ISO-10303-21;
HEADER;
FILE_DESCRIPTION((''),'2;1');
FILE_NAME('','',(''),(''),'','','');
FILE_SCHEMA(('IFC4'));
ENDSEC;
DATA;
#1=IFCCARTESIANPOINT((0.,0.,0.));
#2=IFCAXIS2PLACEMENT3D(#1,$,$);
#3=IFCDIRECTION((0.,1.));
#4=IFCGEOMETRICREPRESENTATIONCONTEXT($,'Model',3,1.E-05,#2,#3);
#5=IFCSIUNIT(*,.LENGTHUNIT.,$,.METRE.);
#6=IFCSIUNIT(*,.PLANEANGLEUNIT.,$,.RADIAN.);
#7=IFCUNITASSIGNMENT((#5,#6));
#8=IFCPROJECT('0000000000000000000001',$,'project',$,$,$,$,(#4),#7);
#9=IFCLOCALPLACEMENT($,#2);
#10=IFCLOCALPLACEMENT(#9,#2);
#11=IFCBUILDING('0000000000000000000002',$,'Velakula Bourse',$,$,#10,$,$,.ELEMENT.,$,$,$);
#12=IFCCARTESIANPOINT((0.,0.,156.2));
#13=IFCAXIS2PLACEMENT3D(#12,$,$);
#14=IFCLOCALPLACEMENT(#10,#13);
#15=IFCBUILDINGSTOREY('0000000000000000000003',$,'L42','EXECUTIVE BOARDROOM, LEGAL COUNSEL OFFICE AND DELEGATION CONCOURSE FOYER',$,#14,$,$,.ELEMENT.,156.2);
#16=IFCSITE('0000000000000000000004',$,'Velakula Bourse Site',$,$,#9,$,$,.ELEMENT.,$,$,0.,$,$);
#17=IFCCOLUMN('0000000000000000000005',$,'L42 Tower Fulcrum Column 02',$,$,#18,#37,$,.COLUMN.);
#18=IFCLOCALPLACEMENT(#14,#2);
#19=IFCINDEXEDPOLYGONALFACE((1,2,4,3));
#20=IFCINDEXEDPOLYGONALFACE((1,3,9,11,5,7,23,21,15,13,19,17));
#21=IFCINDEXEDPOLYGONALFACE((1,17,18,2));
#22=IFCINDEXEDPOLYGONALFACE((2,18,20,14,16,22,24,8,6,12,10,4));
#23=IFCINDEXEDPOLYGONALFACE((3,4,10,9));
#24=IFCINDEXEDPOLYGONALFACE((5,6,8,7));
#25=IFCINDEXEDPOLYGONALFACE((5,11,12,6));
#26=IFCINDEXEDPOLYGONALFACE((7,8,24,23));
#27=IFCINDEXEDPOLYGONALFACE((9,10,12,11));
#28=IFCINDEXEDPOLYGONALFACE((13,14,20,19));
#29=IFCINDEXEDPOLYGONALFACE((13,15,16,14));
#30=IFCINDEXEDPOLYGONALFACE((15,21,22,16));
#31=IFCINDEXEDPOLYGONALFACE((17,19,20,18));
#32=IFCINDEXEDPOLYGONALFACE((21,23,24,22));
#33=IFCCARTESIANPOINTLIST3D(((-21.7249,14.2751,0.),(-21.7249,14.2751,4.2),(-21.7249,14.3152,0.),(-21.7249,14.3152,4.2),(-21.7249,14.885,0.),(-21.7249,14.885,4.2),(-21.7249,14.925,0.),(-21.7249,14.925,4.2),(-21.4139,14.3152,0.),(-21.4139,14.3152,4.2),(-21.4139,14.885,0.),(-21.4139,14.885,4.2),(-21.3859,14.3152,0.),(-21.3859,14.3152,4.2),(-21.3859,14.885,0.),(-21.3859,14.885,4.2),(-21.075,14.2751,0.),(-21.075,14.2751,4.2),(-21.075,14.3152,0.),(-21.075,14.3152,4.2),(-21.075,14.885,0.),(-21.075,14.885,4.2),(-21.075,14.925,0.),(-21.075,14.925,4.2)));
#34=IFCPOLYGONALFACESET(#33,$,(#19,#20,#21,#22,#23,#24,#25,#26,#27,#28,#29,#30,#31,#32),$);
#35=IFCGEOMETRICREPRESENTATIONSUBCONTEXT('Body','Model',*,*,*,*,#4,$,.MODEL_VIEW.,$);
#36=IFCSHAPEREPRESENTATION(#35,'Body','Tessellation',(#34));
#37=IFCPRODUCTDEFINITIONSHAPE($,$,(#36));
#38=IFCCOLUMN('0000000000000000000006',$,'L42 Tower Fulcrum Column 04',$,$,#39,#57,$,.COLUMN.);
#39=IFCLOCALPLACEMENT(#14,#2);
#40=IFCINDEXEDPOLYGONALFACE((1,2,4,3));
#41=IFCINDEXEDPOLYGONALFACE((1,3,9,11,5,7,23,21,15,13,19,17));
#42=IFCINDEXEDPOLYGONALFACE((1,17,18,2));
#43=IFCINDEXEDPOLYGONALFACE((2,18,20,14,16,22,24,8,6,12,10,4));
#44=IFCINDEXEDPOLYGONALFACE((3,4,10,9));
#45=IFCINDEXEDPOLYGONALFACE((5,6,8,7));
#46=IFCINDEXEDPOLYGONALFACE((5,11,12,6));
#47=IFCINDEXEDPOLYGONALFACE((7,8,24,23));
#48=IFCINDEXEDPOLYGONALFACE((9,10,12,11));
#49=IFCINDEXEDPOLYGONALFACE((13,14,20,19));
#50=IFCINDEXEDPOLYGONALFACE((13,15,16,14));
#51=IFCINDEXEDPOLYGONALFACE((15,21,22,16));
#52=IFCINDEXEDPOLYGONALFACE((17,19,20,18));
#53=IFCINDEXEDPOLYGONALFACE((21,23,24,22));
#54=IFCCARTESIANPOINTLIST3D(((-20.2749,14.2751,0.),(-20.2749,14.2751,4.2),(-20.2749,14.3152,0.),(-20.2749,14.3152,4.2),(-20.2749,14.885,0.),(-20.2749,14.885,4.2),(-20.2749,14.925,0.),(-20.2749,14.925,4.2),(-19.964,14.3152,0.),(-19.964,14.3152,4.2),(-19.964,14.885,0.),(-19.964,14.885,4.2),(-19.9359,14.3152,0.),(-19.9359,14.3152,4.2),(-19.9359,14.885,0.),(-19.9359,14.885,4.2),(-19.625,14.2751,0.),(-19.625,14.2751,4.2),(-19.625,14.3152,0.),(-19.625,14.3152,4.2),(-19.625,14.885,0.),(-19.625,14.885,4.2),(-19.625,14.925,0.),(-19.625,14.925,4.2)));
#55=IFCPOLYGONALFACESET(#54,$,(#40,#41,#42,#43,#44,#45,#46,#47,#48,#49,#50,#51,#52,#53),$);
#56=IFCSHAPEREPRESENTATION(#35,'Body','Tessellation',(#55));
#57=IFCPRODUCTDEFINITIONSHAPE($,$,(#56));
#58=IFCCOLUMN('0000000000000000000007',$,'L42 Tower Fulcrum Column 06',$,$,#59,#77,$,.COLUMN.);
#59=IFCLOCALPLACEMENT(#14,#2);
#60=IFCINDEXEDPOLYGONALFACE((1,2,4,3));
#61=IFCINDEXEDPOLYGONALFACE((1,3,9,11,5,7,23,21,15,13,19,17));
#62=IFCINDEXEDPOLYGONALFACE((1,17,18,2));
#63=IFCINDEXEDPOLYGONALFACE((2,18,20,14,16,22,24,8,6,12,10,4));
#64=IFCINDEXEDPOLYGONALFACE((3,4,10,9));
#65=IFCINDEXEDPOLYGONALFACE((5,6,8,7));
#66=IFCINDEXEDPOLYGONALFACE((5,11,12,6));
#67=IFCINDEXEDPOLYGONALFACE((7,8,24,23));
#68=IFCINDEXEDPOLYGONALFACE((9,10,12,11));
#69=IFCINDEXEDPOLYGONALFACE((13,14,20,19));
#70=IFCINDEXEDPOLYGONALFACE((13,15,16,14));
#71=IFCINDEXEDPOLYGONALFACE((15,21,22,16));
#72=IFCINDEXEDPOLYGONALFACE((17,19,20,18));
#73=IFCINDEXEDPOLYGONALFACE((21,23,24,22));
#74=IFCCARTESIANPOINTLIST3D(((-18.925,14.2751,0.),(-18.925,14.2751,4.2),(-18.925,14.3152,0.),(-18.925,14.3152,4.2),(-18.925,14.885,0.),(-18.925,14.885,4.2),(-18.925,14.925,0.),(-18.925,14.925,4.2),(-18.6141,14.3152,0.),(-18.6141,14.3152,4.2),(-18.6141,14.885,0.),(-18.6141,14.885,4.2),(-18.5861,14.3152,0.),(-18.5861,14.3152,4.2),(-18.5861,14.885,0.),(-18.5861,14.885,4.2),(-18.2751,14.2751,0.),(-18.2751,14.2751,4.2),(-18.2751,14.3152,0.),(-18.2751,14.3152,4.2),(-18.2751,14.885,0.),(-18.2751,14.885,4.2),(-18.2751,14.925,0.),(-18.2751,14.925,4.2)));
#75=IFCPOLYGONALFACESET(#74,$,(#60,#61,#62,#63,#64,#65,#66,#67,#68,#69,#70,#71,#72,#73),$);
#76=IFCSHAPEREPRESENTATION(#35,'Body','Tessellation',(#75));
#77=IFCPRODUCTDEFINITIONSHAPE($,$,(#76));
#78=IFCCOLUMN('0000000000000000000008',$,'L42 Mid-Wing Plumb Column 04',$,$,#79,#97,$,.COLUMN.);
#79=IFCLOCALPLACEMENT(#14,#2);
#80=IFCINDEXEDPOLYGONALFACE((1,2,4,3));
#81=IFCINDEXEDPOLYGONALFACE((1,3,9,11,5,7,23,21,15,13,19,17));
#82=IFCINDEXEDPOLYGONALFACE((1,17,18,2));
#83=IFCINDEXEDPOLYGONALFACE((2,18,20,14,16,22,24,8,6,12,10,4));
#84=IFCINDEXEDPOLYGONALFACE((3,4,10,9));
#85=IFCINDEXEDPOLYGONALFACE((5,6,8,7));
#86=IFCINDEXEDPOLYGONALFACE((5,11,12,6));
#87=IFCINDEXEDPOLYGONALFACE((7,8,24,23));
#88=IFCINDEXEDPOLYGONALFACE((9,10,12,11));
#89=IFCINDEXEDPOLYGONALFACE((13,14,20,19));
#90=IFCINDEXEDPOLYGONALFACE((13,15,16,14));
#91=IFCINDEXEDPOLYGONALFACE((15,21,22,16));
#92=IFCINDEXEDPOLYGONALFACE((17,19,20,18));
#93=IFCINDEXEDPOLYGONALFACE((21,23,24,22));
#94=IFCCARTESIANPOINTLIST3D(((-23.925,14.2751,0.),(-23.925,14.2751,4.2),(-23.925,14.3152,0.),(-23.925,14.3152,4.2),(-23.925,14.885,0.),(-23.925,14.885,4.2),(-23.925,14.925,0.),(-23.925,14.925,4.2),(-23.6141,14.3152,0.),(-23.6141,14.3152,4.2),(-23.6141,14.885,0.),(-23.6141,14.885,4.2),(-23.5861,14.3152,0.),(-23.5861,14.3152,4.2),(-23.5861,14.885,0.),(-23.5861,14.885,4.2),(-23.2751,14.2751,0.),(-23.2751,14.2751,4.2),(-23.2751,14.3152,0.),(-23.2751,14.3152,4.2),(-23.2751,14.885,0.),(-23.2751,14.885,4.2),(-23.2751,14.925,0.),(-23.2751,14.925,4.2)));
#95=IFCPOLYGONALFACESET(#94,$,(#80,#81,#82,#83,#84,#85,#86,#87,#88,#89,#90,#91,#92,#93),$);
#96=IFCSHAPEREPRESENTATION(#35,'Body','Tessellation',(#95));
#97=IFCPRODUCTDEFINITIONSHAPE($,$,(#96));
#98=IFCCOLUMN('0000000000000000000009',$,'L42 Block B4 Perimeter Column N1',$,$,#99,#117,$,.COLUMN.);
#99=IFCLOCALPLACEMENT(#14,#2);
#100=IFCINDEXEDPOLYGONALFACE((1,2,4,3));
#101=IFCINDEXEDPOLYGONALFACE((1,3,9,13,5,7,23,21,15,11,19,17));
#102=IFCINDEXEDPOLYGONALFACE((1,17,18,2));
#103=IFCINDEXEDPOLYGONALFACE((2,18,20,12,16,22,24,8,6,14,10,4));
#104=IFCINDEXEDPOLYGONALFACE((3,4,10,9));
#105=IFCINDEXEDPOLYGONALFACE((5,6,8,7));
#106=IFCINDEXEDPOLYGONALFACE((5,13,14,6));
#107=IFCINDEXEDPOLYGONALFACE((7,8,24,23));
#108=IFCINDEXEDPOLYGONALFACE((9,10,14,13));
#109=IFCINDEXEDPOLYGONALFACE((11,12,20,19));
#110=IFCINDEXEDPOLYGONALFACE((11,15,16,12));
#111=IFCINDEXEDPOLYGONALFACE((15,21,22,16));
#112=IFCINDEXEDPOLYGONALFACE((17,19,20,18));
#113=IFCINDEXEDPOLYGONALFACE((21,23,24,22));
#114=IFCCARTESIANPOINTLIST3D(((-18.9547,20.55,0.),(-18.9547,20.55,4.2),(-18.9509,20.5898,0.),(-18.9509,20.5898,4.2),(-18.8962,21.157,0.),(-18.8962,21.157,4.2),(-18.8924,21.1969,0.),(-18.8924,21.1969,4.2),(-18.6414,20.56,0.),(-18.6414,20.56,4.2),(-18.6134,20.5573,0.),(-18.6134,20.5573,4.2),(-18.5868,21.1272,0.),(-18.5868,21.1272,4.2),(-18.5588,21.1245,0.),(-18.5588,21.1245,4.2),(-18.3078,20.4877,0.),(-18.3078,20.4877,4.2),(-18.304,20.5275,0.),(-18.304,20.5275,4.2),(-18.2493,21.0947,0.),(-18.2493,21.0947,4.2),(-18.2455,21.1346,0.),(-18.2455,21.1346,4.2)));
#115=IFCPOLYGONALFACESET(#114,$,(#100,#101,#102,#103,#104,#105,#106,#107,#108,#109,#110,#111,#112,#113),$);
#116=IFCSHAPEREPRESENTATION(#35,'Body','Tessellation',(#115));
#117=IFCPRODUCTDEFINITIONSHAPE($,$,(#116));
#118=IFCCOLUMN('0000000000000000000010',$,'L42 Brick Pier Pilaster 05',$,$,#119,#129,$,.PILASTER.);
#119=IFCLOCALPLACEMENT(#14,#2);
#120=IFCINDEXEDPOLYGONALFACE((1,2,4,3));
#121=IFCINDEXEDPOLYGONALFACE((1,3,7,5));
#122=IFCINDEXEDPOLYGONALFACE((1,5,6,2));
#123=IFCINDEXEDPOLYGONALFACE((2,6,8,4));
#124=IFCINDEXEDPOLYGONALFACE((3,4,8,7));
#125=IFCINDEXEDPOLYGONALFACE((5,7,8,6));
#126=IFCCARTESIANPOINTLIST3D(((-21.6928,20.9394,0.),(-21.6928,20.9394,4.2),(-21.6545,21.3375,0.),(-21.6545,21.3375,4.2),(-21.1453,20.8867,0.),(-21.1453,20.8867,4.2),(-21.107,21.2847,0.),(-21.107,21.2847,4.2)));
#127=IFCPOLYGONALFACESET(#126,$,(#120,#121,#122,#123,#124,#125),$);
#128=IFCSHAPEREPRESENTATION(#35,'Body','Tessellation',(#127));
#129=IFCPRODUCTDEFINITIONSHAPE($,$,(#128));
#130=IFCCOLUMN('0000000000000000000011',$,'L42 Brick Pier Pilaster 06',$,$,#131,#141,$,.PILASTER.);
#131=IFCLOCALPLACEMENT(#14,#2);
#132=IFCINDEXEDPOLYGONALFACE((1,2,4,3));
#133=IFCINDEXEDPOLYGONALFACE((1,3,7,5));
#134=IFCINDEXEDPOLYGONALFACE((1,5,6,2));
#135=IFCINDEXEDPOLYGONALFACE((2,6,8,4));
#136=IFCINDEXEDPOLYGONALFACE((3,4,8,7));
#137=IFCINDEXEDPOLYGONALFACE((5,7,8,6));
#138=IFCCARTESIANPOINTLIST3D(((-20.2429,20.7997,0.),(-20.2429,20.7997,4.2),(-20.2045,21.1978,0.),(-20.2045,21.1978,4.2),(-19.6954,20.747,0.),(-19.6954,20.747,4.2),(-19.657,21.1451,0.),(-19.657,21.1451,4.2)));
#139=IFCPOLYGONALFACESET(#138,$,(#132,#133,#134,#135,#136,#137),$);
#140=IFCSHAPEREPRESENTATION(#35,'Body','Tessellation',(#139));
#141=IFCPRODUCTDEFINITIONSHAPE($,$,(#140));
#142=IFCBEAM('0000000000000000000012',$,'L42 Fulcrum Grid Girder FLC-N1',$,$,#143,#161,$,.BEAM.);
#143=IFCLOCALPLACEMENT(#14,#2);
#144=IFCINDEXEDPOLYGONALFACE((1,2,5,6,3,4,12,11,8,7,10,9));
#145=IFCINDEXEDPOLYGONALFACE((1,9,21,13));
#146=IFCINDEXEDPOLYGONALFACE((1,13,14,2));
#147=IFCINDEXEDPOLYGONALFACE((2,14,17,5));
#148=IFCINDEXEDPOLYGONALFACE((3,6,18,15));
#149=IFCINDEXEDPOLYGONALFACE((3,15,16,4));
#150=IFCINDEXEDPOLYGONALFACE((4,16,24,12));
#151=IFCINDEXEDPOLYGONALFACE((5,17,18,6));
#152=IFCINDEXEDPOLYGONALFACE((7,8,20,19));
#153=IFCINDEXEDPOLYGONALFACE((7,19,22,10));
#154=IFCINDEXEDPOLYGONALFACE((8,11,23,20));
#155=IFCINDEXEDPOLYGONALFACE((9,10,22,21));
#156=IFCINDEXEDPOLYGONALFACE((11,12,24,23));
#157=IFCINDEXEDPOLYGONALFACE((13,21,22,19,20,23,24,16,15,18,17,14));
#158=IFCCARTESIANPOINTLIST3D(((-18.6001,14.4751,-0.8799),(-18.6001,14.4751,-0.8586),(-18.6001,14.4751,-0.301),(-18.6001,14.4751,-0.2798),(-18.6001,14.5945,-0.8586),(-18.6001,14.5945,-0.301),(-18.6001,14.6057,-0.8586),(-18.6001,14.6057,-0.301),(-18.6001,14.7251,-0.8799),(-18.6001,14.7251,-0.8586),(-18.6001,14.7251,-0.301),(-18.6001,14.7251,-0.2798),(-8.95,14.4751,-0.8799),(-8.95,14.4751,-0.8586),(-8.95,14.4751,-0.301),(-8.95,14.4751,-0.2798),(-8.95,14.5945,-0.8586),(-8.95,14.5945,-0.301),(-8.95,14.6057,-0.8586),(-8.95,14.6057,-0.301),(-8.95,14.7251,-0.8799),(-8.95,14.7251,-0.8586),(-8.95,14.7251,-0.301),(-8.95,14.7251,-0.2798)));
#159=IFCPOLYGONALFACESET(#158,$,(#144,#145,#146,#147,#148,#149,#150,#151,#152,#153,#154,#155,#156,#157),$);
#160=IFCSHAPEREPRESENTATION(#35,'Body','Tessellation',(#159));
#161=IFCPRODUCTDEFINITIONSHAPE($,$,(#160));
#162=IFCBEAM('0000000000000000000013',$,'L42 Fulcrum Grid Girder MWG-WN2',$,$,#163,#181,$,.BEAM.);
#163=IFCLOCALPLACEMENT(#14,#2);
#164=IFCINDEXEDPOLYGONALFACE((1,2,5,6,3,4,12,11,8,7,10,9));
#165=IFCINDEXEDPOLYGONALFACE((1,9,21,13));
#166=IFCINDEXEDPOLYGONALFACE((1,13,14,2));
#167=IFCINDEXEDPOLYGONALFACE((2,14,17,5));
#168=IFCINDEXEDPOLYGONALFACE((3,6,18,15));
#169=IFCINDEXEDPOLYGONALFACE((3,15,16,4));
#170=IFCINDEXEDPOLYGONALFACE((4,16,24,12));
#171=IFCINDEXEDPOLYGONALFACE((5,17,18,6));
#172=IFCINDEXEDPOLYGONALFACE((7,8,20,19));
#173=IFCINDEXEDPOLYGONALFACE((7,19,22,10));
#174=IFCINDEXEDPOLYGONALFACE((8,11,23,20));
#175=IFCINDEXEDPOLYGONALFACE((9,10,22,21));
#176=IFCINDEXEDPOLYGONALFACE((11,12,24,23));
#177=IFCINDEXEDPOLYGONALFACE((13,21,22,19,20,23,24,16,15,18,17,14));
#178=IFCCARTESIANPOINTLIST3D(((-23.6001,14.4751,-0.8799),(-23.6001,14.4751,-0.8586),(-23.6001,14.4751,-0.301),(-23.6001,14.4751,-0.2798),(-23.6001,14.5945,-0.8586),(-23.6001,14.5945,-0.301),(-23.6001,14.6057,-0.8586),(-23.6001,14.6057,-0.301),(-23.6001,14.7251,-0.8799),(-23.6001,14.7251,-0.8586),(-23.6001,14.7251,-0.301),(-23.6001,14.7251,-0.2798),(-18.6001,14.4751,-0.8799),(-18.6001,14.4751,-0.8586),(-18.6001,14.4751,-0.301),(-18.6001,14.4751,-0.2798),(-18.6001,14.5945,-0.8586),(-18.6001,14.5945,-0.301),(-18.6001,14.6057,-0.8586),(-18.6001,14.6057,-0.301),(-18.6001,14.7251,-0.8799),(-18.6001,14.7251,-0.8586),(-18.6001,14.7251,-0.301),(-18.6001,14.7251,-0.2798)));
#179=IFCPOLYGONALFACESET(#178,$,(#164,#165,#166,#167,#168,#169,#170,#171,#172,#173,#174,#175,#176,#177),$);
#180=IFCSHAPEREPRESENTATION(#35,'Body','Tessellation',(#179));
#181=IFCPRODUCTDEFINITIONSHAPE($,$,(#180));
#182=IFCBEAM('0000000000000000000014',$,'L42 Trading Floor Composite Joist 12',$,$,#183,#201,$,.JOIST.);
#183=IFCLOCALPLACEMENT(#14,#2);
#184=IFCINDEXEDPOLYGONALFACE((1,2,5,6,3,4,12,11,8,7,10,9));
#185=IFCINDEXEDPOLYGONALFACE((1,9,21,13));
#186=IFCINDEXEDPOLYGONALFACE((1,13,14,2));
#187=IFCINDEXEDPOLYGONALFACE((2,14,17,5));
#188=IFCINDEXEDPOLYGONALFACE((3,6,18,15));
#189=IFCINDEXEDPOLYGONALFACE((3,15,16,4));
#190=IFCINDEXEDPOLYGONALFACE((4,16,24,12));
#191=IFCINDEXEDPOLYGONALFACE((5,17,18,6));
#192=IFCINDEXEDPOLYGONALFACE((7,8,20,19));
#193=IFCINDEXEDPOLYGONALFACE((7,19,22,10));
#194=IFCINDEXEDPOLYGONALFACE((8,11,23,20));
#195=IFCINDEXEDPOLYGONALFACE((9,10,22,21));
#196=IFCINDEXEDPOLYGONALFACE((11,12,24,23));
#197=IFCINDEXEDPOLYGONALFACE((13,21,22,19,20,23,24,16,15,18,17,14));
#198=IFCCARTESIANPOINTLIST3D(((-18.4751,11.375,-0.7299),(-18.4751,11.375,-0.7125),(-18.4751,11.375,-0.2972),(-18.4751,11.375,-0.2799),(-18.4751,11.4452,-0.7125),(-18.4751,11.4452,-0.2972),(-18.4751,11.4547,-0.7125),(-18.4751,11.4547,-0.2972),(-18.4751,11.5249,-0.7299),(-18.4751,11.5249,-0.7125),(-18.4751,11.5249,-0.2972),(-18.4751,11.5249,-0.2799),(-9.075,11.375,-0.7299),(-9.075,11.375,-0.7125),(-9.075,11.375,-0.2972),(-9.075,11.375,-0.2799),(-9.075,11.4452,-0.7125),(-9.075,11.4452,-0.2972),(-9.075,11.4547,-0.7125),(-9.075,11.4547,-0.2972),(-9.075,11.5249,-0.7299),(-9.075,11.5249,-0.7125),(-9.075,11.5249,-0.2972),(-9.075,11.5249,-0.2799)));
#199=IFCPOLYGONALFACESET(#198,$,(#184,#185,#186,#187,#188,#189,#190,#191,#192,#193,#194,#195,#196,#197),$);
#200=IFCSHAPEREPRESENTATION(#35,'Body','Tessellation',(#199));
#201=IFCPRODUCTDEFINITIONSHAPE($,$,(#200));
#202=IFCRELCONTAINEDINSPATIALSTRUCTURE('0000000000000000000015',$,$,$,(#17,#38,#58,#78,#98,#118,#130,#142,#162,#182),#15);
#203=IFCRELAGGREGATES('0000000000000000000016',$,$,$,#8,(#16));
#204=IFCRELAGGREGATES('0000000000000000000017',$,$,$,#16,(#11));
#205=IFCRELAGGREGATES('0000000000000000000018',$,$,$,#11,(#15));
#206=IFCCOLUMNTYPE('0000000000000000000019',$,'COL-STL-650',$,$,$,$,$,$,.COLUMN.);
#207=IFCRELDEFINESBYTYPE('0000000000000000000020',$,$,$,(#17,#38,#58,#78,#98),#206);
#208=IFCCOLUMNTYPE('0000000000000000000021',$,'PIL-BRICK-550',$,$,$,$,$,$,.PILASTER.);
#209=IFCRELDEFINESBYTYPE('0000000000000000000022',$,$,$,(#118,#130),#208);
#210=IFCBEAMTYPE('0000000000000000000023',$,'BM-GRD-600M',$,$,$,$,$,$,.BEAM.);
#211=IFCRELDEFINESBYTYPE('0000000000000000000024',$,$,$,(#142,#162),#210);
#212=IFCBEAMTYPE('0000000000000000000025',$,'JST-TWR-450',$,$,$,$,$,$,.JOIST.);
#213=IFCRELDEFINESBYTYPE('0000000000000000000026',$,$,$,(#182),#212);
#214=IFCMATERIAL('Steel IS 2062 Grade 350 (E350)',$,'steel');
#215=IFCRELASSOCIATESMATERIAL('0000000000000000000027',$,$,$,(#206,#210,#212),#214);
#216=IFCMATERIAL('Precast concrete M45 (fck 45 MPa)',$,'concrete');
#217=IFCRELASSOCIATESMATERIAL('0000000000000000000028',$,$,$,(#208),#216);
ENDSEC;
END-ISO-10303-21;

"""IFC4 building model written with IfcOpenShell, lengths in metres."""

from ifc_helpers import new_model, si_unit, direction, frame, origin, origin_2d, place, context, subcontext, project, spatial, rectangle, i_section, extrude, material, material_profile, profile_set, type_object, element, save


model = new_model("IFC4")

# Units and contexts
model_context = context("Model", 3, precision=1e-05, world=origin(), true_north=direction((0.0, 1.0)))
body_context = subcontext(model_context, "Body", "Model", "MODEL_VIEW")
ifc_project = project(units=[si_unit("LENGTHUNIT", "METRE"), si_unit("PLANEANGLEUNIT", "RADIAN")], contexts=[model_context])

# Site, building, storey
site_placement = place(None, origin())
site = spatial("IfcSite", under=ifc_project, at=site_placement, Name="Velakula Bourse Site", CompositionType="ELEMENT", RefElevation=0.0)
building_placement = place(site_placement, origin())
building = spatial("IfcBuilding", under=site, at=building_placement, Name="Velakula Bourse", CompositionType="ELEMENT")
storey_placement = place(building_placement, frame((0.0, 0.0, 156.2)))
storey = spatial("IfcBuildingStorey", under=building, at=storey_placement, Name="L42", Description="EXECUTIVE BOARDROOM, LEGAL COUNSEL OFFICE AND DELEGATION CONCOURSE FOYER", CompositionType="ELEMENT", Elevation=156.2)

# Columns
ifc_material_1 = material(Name="Steel IS 2062 Grade 350 (E350)", Category="steel")
ifc_material_profile_1 = material_profile(ifc_material_1, i_section(OverallWidth=0.6499, OverallDepth=0.6499, WebThickness=0.0281, FlangeThickness=0.04, at=origin_2d()), Name="Steel IS 2062 Grade 350 (E350)")
ifc_profile_set_1 = profile_set([ifc_material_profile_1], Name="Steel IS 2062 Grade 350 (E350)")
column_type_1 = type_object("IfcColumnType", Name="COL-STL-650", PredefinedType="COLUMN", material=ifc_profile_set_1)
for number, where, z_axis, x_axis, name in (
    (1, (-21.3999, 14.6001, 0.0), (0.0, 0.0, 1.0), (1.0, 0.0, 0.0), "L42 Tower Fulcrum Column 02"),
    (2, (-19.95, 14.6001, 0.0), (0.0, 0.0, 1.0), (1.0, 0.0, 0.0), "L42 Tower Fulcrum Column 04"),
    (3, (-18.6001, 14.6001, 0.0), (0.0, 0.0, 1.0), (1.0, 0.0, 0.0), "L42 Tower Fulcrum Column 06"),
    (4, (-23.6001, 14.6001, 0.0), (0.0, 0.0, 1.0), (1.0, 0.0, 0.0), "L42 Mid-Wing Plumb Column 04"),
    (5, (-18.6001, 20.8423, 0.0), (0.0, 0.0, 1.0), (0.995396, -0.095846, 0.0), "L42 Block B4 Perimeter Column N1"),
):
    element("IfcColumn", number, at=place(storey_placement, frame(where, z_axis=z_axis, x_axis=x_axis)), inside=storey, type_object=column_type_1, Name=name, PredefinedType="COLUMN", context=body_context, shape_type="SweptSolid", body=[
        extrude(i_section(OverallWidth=0.6499, OverallDepth=0.6499, WebThickness=0.0281, FlangeThickness=0.04, at=origin_2d()), origin(), (0.0, 0.0, 1.0), 4.2),
    ])
ifc_material_2 = material(Name="Precast concrete M45 (fck 45 MPa)", Category="concrete")
ifc_material_profile_2 = material_profile(ifc_material_2, rectangle(XDim=0.55, YDim=0.3999, at=origin_2d()), Name="Precast concrete M45 (fck 45 MPa)")
ifc_profile_set_2 = profile_set([ifc_material_profile_2], Name="Precast concrete M45 (fck 45 MPa)")
column_type_2 = type_object("IfcColumnType", Name="PIL-BRICK-550", PredefinedType="PILASTER", material=ifc_profile_set_2)
for number, where, z_axis, x_axis, name in (
    (6, (-21.3999, 21.1121, 0.0), (0.0, 0.0, 1.0), (0.995396, -0.095846, 0.0), "L42 Brick Pier Pilaster 05"),
    (7, (-19.95, 20.9724, 0.0), (0.0, 0.0, 1.0), (0.995396, -0.095846, 0.0), "L42 Brick Pier Pilaster 06"),
):
    element("IfcColumn", number, at=place(storey_placement, frame(where, z_axis=z_axis, x_axis=x_axis)), inside=storey, type_object=column_type_2, Name=name, PredefinedType="PILASTER", context=body_context, shape_type="SweptSolid", body=[
        extrude(rectangle(XDim=0.55, YDim=0.3999, at=origin_2d()), origin(), (0.0, 0.0, 1.0), 4.2),
    ])

# Beams
ifc_material_profile_3 = material_profile(ifc_material_1, i_section(OverallWidth=0.25, OverallDepth=0.6001, WebThickness=0.0112, FlangeThickness=0.0212, at=origin_2d()), Name="Steel IS 2062 Grade 350 (E350)")
ifc_profile_set_3 = profile_set([ifc_material_profile_3], Name="Steel IS 2062 Grade 350 (E350)")
beam_type_1 = type_object("IfcBeamType", Name="BM-GRD-600M", PredefinedType="BEAM", material=ifc_profile_set_3)
beam_1_placement = place(storey_placement, frame((-18.6001, 14.6001, -0.5798), z_axis=(1.0, 0.0, 0.0), x_axis=(0.0, 1.0, 0.0)))
element("IfcBeam", 8, at=beam_1_placement, inside=storey, type_object=beam_type_1, Name="L42 Fulcrum Grid Girder FLC-N1", PredefinedType="BEAM", context=body_context, shape_type="SweptSolid", body=[
    extrude(i_section(OverallWidth=0.25, OverallDepth=0.6001, WebThickness=0.0112, FlangeThickness=0.0212, at=origin_2d()), origin(), (0.0, 0.0, 1.0), 9.6501),
])
beam_2_placement = place(storey_placement, frame((-23.6001, 14.6001, -0.5798), z_axis=(1.0, 0.0, 0.0), x_axis=(0.0, 1.0, 0.0)))
element("IfcBeam", 9, at=beam_2_placement, inside=storey, type_object=beam_type_1, Name="L42 Fulcrum Grid Girder MWG-WN2", PredefinedType="BEAM", context=body_context, shape_type="SweptSolid", body=[
    extrude(i_section(OverallWidth=0.25, OverallDepth=0.6001, WebThickness=0.0112, FlangeThickness=0.0212, at=origin_2d()), origin(), (0.0, 0.0, 1.0), 5.0),
])
ifc_material_profile_4 = material_profile(ifc_material_1, i_section(OverallWidth=0.1499, OverallDepth=0.45, WebThickness=0.0095, FlangeThickness=0.0173, at=origin_2d()), Name="Steel IS 2062 Grade 350 (E350)")
ifc_profile_set_4 = profile_set([ifc_material_profile_4], Name="Steel IS 2062 Grade 350 (E350)")
beam_type_2 = type_object("IfcBeamType", Name="JST-TWR-450", PredefinedType="JOIST", material=ifc_profile_set_4)
beam_3_placement = place(storey_placement, frame((-18.4751, 11.45, -0.5049), z_axis=(1.0, 0.0, 0.0), x_axis=(0.0, 1.0, 0.0)))
element("IfcBeam", 10, at=beam_3_placement, inside=storey, type_object=beam_type_2, Name="L42 Trading Floor Composite Joist 12", PredefinedType="JOIST", context=body_context, shape_type="SweptSolid", body=[
    extrude(i_section(OverallWidth=0.1499, OverallDepth=0.45, WebThickness=0.0095, FlangeThickness=0.0173, at=origin_2d()), origin(), (0.0, 0.0, 1.0), 9.4001),
])

save(model, "model.ifc")
